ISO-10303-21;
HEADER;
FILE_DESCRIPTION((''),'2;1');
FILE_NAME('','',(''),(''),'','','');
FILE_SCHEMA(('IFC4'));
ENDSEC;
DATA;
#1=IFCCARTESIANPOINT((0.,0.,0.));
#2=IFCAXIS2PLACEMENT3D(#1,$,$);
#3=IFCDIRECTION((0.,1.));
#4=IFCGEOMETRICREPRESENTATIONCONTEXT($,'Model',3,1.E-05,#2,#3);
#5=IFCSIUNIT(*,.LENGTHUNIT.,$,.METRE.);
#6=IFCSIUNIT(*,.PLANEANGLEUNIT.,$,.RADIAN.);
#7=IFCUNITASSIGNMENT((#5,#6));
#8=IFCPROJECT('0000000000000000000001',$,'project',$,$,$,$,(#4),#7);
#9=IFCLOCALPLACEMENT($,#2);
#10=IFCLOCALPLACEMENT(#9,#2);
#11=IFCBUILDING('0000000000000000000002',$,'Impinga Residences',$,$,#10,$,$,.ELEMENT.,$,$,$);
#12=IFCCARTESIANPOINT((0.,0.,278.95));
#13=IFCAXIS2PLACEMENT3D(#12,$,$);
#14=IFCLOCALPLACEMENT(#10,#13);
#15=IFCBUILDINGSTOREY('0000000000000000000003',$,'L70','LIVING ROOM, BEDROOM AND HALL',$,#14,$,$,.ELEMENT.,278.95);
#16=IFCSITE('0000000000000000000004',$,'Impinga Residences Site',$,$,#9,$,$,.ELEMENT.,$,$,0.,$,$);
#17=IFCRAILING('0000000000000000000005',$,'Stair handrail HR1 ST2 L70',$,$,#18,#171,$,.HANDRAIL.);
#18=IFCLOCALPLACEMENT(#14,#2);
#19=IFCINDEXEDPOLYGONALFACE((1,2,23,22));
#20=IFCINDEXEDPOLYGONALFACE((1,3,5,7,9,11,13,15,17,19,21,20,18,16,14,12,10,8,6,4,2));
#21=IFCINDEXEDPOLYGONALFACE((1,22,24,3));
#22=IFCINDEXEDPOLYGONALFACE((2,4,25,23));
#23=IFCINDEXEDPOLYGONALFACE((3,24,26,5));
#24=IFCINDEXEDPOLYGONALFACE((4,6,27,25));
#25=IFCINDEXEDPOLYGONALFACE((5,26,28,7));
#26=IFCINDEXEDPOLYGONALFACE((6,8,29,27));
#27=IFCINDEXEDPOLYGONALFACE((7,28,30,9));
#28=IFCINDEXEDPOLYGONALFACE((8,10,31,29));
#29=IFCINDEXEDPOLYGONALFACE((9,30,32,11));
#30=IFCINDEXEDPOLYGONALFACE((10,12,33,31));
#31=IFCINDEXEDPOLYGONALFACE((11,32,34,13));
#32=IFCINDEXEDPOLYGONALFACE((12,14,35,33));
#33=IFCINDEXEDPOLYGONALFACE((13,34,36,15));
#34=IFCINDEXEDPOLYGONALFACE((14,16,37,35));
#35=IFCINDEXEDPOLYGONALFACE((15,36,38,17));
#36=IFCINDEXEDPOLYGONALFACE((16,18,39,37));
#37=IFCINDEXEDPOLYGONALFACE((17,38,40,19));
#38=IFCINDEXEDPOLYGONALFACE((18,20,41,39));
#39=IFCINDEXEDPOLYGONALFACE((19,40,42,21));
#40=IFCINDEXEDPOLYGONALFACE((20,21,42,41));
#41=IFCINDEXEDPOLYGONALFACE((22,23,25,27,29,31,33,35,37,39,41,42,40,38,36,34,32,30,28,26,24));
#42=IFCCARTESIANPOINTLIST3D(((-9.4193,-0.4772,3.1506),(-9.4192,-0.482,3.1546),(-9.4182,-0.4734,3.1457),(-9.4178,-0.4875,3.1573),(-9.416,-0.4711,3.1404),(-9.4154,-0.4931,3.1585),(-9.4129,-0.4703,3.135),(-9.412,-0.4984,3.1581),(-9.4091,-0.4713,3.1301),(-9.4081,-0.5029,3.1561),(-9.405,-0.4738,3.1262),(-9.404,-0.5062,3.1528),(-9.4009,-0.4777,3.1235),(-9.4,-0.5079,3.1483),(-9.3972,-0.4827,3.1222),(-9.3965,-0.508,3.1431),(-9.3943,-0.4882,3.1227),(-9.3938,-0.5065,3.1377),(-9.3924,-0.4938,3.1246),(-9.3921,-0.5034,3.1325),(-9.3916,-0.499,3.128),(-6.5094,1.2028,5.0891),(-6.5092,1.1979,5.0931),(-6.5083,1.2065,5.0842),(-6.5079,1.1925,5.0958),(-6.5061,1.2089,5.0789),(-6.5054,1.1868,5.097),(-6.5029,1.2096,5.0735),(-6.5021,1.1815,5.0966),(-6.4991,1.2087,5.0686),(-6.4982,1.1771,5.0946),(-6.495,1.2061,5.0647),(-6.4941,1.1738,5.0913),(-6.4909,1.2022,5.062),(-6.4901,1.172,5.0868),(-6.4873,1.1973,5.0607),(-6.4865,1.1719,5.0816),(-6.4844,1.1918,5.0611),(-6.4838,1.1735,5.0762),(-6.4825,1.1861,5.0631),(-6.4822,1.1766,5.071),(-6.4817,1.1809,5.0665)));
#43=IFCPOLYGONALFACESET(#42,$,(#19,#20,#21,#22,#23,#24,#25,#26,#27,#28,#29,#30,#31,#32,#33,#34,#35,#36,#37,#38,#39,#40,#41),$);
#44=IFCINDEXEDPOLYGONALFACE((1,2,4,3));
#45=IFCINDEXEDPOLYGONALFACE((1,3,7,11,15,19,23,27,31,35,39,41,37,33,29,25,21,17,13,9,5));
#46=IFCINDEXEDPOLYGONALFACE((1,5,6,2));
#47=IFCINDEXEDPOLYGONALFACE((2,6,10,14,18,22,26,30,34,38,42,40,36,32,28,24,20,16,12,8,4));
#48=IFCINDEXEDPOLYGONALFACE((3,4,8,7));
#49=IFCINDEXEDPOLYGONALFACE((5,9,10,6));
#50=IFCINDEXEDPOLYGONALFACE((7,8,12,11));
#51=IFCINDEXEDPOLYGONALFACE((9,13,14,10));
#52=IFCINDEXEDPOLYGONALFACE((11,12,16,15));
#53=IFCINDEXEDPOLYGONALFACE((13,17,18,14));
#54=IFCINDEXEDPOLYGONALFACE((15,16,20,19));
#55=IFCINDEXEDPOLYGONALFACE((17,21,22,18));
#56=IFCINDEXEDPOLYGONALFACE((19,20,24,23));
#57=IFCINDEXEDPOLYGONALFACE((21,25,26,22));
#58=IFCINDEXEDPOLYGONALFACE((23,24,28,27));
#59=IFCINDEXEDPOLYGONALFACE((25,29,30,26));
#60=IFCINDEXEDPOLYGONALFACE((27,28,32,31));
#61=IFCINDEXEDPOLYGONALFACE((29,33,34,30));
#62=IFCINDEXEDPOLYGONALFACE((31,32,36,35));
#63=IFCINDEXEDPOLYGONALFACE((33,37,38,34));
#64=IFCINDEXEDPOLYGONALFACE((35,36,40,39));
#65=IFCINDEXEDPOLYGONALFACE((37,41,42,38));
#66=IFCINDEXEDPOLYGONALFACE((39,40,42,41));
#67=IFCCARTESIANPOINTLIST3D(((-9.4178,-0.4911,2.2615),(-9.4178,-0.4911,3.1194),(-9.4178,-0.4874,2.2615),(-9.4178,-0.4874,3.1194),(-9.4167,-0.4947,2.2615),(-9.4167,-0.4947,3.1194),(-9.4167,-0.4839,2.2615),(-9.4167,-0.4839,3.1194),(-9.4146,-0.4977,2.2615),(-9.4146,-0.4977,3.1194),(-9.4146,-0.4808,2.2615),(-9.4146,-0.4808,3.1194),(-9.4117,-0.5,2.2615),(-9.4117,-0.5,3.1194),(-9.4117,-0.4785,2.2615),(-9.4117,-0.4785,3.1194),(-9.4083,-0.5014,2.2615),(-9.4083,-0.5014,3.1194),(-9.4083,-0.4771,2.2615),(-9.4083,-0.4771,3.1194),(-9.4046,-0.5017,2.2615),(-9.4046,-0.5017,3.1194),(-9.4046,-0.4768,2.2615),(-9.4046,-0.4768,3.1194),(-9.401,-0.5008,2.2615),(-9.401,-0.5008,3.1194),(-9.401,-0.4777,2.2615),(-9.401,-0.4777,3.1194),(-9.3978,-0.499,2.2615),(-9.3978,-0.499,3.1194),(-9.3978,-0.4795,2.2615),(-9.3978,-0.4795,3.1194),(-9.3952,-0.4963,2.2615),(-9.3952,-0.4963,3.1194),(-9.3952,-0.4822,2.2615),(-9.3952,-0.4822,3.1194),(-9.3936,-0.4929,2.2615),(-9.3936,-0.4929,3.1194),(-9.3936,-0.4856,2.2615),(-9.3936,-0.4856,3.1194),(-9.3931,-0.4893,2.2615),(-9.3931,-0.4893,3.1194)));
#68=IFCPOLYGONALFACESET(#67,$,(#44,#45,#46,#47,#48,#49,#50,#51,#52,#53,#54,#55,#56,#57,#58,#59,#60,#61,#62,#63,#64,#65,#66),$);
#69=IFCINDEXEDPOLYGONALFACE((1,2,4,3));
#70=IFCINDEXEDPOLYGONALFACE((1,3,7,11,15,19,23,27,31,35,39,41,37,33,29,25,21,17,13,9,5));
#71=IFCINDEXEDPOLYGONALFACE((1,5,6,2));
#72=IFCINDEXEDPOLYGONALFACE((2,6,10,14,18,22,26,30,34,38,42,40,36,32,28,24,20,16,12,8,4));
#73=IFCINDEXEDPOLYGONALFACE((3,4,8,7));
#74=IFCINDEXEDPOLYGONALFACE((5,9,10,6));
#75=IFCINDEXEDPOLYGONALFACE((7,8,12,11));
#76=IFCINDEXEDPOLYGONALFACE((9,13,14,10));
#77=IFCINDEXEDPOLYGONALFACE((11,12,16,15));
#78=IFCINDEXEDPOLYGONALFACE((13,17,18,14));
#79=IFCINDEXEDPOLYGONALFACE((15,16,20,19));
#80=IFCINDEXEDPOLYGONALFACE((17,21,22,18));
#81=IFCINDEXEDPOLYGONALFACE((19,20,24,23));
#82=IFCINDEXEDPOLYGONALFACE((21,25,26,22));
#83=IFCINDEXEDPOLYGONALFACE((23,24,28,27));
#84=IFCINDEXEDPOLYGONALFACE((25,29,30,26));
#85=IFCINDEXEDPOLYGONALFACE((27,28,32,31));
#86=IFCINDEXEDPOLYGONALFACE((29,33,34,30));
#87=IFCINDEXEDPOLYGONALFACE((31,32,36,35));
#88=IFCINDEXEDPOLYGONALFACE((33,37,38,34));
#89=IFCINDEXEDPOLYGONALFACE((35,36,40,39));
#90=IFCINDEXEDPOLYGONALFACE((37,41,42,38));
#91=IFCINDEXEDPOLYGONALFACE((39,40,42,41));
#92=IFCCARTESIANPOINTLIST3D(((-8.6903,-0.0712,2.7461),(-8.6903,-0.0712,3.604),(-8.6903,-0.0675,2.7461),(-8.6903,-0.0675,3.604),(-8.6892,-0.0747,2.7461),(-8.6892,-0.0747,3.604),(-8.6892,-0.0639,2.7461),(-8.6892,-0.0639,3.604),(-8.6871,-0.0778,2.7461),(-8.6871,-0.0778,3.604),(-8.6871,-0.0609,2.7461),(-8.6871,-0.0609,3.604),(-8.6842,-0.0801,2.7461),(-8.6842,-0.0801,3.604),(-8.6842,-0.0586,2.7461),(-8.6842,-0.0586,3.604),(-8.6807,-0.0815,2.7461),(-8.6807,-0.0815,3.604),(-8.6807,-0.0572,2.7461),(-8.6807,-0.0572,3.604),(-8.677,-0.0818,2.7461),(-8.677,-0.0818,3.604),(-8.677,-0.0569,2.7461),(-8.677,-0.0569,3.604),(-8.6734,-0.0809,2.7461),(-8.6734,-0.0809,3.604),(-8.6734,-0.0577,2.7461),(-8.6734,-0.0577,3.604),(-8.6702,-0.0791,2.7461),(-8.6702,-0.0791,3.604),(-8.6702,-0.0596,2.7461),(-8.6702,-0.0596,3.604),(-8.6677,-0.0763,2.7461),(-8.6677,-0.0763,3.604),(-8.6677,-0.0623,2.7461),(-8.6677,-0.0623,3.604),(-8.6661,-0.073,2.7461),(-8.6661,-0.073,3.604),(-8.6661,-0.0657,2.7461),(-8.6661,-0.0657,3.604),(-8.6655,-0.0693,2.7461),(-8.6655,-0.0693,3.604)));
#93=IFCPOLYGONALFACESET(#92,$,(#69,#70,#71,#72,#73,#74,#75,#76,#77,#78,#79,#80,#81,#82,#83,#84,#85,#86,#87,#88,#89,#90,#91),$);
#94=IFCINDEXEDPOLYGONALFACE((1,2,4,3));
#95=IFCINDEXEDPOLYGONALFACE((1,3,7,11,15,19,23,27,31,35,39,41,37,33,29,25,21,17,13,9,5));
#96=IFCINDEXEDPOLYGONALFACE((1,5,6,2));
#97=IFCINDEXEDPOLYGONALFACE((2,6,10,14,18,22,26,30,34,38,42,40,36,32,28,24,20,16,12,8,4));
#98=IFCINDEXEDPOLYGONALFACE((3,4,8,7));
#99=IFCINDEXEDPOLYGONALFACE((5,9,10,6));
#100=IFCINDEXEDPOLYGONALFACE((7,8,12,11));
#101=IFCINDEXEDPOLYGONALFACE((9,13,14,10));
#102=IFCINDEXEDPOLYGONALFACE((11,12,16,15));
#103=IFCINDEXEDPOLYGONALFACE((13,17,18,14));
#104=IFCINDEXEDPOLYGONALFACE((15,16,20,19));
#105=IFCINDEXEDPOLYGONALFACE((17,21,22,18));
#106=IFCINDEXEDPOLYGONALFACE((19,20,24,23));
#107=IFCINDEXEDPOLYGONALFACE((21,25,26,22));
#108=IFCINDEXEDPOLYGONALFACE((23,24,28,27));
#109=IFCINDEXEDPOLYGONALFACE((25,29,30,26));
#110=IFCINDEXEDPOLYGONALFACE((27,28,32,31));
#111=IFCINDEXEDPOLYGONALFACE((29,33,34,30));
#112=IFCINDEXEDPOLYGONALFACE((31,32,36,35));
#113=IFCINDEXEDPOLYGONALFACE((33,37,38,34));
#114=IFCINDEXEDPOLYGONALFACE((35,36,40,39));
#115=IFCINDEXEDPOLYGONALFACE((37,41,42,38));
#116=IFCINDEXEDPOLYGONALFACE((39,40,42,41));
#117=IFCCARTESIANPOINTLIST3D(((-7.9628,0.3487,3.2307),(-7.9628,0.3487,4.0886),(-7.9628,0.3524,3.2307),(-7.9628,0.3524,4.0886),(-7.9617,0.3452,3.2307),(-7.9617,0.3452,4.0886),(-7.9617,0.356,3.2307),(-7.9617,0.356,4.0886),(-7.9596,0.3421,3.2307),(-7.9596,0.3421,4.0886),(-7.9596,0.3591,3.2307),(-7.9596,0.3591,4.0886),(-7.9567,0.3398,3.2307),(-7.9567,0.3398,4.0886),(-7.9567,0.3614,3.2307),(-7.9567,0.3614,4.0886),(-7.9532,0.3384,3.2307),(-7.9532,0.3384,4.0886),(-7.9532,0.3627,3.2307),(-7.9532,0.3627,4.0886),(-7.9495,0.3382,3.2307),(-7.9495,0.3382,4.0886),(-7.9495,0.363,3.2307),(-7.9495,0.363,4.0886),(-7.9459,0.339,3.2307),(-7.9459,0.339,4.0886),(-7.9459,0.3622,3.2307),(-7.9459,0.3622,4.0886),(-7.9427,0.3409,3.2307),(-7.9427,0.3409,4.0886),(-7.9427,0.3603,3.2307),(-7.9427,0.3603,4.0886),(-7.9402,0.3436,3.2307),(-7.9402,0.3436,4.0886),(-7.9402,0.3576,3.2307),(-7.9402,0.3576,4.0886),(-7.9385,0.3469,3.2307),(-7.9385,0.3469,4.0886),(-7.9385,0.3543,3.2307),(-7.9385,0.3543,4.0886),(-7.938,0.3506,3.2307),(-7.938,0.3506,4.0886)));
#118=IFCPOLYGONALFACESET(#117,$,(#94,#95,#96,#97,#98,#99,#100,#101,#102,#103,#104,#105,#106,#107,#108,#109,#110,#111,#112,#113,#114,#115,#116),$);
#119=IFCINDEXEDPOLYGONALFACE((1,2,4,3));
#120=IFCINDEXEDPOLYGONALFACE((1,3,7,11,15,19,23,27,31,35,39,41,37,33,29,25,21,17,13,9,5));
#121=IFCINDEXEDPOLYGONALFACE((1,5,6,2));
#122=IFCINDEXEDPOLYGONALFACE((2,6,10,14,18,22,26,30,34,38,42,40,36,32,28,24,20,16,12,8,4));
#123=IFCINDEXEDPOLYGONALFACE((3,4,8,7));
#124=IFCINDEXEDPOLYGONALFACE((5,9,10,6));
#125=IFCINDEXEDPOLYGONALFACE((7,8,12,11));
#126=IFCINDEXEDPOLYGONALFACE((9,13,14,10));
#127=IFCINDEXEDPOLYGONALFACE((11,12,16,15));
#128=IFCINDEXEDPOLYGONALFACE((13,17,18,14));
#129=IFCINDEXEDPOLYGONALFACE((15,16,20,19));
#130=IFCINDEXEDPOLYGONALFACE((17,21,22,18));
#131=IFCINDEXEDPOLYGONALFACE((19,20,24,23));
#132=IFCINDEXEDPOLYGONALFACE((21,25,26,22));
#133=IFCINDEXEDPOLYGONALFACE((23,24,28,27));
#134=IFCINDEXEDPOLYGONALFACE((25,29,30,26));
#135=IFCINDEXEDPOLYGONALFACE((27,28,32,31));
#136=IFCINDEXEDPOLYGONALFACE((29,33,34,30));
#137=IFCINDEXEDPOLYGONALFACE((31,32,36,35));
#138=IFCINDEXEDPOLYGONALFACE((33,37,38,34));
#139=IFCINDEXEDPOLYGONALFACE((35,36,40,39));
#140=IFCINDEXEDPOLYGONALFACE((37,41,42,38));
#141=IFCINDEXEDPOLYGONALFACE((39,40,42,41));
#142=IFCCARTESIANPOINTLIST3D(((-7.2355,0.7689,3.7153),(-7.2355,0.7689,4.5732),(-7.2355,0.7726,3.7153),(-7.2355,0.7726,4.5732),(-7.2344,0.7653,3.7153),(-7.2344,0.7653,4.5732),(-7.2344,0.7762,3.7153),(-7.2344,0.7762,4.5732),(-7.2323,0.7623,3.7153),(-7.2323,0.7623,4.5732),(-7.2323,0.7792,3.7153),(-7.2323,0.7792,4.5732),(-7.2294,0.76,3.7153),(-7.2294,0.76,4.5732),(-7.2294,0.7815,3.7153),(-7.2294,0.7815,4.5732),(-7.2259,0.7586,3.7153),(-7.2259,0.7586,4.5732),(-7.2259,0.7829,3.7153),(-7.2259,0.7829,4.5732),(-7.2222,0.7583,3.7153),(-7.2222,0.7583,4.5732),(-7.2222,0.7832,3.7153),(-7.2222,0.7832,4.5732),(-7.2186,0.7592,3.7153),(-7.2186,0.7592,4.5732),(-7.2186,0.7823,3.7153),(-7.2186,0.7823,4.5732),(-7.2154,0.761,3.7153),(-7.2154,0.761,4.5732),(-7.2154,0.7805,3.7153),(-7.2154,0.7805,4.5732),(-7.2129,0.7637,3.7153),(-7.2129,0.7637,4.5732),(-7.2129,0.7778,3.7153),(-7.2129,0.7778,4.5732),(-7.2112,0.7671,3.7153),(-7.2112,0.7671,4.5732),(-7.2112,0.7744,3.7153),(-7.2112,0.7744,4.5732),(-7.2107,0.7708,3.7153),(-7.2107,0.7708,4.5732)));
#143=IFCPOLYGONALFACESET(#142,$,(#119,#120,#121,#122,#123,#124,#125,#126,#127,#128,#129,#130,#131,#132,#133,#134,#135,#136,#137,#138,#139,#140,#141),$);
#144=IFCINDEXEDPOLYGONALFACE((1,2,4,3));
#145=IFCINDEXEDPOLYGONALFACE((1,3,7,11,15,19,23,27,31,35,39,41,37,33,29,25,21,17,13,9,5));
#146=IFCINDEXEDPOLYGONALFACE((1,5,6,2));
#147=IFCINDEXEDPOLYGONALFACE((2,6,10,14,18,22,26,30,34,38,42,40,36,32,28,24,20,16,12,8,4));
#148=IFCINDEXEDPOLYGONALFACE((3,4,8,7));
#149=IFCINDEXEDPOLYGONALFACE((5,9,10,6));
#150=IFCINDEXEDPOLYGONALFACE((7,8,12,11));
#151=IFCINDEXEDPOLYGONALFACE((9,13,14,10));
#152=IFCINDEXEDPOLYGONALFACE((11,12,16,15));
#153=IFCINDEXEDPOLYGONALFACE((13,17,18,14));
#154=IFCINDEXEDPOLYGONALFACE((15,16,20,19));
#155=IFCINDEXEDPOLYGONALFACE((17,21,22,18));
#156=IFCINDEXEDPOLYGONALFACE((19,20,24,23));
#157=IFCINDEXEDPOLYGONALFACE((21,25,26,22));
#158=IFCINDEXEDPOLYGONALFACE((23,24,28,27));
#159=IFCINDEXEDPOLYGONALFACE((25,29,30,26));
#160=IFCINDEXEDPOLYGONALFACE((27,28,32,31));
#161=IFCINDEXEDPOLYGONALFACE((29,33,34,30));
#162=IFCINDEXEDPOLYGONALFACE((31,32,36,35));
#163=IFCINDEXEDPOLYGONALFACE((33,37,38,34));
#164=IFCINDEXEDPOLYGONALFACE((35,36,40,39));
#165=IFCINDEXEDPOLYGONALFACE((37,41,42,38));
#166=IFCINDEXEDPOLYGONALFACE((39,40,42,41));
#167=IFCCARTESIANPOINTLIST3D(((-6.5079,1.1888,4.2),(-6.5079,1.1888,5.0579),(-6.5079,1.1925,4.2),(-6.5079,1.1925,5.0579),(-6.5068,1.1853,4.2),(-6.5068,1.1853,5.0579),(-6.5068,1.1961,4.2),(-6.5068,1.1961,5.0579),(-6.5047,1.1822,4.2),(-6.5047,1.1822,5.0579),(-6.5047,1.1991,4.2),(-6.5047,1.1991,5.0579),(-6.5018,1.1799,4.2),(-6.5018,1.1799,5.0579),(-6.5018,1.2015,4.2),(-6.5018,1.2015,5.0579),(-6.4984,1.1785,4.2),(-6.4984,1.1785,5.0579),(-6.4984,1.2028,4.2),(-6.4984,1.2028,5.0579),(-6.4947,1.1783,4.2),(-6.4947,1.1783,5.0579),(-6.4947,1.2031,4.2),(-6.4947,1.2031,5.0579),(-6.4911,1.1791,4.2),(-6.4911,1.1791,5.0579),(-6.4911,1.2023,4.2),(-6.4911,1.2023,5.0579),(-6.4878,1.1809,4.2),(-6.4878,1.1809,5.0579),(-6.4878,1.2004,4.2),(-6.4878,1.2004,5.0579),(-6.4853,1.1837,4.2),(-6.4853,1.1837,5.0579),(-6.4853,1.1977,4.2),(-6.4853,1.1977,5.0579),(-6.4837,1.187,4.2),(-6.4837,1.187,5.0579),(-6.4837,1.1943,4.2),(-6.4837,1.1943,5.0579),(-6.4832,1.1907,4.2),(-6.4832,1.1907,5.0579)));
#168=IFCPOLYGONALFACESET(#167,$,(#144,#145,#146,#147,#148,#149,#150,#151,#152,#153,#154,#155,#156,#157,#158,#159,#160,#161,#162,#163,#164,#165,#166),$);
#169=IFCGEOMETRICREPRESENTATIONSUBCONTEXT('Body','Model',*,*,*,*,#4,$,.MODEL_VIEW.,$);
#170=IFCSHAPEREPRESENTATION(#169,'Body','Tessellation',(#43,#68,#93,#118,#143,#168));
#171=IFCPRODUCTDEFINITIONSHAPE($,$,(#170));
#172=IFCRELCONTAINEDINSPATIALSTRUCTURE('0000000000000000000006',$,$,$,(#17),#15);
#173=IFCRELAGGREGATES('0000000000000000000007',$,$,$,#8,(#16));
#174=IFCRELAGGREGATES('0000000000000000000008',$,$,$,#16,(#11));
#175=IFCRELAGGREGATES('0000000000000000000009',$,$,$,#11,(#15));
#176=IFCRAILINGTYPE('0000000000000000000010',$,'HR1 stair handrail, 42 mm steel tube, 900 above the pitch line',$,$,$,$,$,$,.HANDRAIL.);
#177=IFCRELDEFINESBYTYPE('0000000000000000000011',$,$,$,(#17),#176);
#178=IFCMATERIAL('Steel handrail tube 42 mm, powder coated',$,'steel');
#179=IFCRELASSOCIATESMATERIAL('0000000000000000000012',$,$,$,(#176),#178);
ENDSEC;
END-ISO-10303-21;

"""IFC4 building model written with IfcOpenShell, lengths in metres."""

from ifc_helpers import new_model, si_unit, direction, frame, origin, origin_2d, place, context, subcontext, project, spatial, circle, extrude, material, type_object, element, save


model = new_model("IFC4")

# Units and contexts
model_context = context("Model", 3, precision=1e-05, world=origin(), true_north=direction((0.0, 1.0)))
body_context = subcontext(model_context, "Body", "Model", "MODEL_VIEW")
ifc_project = project(units=[si_unit("LENGTHUNIT", "METRE"), si_unit("PLANEANGLEUNIT", "RADIAN")], contexts=[model_context])

# Site, building, storey
site_placement = place(None, origin())
site = spatial("IfcSite", under=ifc_project, at=site_placement, Name="Impinga Residences Site", CompositionType="ELEMENT", RefElevation=0.0)
building_placement = place(site_placement, origin())
building = spatial("IfcBuilding", under=site, at=building_placement, Name="Impinga Residences", CompositionType="ELEMENT")
storey_placement = place(building_placement, frame((0.0, 0.0, 278.95)))
storey = spatial("IfcBuildingStorey", under=building, at=storey_placement, Name="L70", Description="LIVING ROOM, BEDROOM AND HALL", CompositionType="ELEMENT", Elevation=278.95)

# Railing
ifc_material_1 = material(Name="Steel handrail tube 42 mm, powder coated", Category="steel")
railing_type = type_object("IfcRailingType", Name="HR1 stair handrail, 42 mm steel tube, 900 above the pitch line", PredefinedType="HANDRAIL", material=ifc_material_1)
railing_placement = place(storey_placement, frame((-9.4055, -0.4893, 2.2615)))
element("IfcRailing", 1, at=railing_placement, inside=storey, type_object=railing_type, Name="Stair handrail HR1 ST2 L70", PredefinedType="HANDRAIL", context=body_context, shape_type="SweptSolid", body=[
    extrude(circle(Radius=0.021, at=origin_2d()), frame((0.0, 0.0, 0.8789), z_axis=(0.750151, 0.433072, 0.499723), x_axis=(-0.499976, 0.866039, 0.0)), (0.0, 0.0, 1.0), 3.8792),
    extrude(circle(Radius=0.0125, at=origin_2d()), origin(), (0.0, 0.0, 1.0), 0.8579),
    extrude(circle(Radius=0.0125, at=origin_2d()), frame((0.7275, 0.4199, 0.4846)), (0.0, 0.0, 1.0), 0.8579),
    extrude(circle(Radius=0.0125, at=origin_2d()), frame((1.4551, 0.8398, 0.9692)), (0.0, 0.0, 1.0), 0.8579),
    extrude(circle(Radius=0.0125, at=origin_2d()), frame((2.1824, 1.26, 1.4539)), (0.0, 0.0, 1.0), 0.8579),
    extrude(circle(Radius=0.0125, at=origin_2d()), frame((2.9099, 1.6799, 1.9385)), (0.0, 0.0, 1.0), 0.8579),
])

save(model, "model.ifc")
